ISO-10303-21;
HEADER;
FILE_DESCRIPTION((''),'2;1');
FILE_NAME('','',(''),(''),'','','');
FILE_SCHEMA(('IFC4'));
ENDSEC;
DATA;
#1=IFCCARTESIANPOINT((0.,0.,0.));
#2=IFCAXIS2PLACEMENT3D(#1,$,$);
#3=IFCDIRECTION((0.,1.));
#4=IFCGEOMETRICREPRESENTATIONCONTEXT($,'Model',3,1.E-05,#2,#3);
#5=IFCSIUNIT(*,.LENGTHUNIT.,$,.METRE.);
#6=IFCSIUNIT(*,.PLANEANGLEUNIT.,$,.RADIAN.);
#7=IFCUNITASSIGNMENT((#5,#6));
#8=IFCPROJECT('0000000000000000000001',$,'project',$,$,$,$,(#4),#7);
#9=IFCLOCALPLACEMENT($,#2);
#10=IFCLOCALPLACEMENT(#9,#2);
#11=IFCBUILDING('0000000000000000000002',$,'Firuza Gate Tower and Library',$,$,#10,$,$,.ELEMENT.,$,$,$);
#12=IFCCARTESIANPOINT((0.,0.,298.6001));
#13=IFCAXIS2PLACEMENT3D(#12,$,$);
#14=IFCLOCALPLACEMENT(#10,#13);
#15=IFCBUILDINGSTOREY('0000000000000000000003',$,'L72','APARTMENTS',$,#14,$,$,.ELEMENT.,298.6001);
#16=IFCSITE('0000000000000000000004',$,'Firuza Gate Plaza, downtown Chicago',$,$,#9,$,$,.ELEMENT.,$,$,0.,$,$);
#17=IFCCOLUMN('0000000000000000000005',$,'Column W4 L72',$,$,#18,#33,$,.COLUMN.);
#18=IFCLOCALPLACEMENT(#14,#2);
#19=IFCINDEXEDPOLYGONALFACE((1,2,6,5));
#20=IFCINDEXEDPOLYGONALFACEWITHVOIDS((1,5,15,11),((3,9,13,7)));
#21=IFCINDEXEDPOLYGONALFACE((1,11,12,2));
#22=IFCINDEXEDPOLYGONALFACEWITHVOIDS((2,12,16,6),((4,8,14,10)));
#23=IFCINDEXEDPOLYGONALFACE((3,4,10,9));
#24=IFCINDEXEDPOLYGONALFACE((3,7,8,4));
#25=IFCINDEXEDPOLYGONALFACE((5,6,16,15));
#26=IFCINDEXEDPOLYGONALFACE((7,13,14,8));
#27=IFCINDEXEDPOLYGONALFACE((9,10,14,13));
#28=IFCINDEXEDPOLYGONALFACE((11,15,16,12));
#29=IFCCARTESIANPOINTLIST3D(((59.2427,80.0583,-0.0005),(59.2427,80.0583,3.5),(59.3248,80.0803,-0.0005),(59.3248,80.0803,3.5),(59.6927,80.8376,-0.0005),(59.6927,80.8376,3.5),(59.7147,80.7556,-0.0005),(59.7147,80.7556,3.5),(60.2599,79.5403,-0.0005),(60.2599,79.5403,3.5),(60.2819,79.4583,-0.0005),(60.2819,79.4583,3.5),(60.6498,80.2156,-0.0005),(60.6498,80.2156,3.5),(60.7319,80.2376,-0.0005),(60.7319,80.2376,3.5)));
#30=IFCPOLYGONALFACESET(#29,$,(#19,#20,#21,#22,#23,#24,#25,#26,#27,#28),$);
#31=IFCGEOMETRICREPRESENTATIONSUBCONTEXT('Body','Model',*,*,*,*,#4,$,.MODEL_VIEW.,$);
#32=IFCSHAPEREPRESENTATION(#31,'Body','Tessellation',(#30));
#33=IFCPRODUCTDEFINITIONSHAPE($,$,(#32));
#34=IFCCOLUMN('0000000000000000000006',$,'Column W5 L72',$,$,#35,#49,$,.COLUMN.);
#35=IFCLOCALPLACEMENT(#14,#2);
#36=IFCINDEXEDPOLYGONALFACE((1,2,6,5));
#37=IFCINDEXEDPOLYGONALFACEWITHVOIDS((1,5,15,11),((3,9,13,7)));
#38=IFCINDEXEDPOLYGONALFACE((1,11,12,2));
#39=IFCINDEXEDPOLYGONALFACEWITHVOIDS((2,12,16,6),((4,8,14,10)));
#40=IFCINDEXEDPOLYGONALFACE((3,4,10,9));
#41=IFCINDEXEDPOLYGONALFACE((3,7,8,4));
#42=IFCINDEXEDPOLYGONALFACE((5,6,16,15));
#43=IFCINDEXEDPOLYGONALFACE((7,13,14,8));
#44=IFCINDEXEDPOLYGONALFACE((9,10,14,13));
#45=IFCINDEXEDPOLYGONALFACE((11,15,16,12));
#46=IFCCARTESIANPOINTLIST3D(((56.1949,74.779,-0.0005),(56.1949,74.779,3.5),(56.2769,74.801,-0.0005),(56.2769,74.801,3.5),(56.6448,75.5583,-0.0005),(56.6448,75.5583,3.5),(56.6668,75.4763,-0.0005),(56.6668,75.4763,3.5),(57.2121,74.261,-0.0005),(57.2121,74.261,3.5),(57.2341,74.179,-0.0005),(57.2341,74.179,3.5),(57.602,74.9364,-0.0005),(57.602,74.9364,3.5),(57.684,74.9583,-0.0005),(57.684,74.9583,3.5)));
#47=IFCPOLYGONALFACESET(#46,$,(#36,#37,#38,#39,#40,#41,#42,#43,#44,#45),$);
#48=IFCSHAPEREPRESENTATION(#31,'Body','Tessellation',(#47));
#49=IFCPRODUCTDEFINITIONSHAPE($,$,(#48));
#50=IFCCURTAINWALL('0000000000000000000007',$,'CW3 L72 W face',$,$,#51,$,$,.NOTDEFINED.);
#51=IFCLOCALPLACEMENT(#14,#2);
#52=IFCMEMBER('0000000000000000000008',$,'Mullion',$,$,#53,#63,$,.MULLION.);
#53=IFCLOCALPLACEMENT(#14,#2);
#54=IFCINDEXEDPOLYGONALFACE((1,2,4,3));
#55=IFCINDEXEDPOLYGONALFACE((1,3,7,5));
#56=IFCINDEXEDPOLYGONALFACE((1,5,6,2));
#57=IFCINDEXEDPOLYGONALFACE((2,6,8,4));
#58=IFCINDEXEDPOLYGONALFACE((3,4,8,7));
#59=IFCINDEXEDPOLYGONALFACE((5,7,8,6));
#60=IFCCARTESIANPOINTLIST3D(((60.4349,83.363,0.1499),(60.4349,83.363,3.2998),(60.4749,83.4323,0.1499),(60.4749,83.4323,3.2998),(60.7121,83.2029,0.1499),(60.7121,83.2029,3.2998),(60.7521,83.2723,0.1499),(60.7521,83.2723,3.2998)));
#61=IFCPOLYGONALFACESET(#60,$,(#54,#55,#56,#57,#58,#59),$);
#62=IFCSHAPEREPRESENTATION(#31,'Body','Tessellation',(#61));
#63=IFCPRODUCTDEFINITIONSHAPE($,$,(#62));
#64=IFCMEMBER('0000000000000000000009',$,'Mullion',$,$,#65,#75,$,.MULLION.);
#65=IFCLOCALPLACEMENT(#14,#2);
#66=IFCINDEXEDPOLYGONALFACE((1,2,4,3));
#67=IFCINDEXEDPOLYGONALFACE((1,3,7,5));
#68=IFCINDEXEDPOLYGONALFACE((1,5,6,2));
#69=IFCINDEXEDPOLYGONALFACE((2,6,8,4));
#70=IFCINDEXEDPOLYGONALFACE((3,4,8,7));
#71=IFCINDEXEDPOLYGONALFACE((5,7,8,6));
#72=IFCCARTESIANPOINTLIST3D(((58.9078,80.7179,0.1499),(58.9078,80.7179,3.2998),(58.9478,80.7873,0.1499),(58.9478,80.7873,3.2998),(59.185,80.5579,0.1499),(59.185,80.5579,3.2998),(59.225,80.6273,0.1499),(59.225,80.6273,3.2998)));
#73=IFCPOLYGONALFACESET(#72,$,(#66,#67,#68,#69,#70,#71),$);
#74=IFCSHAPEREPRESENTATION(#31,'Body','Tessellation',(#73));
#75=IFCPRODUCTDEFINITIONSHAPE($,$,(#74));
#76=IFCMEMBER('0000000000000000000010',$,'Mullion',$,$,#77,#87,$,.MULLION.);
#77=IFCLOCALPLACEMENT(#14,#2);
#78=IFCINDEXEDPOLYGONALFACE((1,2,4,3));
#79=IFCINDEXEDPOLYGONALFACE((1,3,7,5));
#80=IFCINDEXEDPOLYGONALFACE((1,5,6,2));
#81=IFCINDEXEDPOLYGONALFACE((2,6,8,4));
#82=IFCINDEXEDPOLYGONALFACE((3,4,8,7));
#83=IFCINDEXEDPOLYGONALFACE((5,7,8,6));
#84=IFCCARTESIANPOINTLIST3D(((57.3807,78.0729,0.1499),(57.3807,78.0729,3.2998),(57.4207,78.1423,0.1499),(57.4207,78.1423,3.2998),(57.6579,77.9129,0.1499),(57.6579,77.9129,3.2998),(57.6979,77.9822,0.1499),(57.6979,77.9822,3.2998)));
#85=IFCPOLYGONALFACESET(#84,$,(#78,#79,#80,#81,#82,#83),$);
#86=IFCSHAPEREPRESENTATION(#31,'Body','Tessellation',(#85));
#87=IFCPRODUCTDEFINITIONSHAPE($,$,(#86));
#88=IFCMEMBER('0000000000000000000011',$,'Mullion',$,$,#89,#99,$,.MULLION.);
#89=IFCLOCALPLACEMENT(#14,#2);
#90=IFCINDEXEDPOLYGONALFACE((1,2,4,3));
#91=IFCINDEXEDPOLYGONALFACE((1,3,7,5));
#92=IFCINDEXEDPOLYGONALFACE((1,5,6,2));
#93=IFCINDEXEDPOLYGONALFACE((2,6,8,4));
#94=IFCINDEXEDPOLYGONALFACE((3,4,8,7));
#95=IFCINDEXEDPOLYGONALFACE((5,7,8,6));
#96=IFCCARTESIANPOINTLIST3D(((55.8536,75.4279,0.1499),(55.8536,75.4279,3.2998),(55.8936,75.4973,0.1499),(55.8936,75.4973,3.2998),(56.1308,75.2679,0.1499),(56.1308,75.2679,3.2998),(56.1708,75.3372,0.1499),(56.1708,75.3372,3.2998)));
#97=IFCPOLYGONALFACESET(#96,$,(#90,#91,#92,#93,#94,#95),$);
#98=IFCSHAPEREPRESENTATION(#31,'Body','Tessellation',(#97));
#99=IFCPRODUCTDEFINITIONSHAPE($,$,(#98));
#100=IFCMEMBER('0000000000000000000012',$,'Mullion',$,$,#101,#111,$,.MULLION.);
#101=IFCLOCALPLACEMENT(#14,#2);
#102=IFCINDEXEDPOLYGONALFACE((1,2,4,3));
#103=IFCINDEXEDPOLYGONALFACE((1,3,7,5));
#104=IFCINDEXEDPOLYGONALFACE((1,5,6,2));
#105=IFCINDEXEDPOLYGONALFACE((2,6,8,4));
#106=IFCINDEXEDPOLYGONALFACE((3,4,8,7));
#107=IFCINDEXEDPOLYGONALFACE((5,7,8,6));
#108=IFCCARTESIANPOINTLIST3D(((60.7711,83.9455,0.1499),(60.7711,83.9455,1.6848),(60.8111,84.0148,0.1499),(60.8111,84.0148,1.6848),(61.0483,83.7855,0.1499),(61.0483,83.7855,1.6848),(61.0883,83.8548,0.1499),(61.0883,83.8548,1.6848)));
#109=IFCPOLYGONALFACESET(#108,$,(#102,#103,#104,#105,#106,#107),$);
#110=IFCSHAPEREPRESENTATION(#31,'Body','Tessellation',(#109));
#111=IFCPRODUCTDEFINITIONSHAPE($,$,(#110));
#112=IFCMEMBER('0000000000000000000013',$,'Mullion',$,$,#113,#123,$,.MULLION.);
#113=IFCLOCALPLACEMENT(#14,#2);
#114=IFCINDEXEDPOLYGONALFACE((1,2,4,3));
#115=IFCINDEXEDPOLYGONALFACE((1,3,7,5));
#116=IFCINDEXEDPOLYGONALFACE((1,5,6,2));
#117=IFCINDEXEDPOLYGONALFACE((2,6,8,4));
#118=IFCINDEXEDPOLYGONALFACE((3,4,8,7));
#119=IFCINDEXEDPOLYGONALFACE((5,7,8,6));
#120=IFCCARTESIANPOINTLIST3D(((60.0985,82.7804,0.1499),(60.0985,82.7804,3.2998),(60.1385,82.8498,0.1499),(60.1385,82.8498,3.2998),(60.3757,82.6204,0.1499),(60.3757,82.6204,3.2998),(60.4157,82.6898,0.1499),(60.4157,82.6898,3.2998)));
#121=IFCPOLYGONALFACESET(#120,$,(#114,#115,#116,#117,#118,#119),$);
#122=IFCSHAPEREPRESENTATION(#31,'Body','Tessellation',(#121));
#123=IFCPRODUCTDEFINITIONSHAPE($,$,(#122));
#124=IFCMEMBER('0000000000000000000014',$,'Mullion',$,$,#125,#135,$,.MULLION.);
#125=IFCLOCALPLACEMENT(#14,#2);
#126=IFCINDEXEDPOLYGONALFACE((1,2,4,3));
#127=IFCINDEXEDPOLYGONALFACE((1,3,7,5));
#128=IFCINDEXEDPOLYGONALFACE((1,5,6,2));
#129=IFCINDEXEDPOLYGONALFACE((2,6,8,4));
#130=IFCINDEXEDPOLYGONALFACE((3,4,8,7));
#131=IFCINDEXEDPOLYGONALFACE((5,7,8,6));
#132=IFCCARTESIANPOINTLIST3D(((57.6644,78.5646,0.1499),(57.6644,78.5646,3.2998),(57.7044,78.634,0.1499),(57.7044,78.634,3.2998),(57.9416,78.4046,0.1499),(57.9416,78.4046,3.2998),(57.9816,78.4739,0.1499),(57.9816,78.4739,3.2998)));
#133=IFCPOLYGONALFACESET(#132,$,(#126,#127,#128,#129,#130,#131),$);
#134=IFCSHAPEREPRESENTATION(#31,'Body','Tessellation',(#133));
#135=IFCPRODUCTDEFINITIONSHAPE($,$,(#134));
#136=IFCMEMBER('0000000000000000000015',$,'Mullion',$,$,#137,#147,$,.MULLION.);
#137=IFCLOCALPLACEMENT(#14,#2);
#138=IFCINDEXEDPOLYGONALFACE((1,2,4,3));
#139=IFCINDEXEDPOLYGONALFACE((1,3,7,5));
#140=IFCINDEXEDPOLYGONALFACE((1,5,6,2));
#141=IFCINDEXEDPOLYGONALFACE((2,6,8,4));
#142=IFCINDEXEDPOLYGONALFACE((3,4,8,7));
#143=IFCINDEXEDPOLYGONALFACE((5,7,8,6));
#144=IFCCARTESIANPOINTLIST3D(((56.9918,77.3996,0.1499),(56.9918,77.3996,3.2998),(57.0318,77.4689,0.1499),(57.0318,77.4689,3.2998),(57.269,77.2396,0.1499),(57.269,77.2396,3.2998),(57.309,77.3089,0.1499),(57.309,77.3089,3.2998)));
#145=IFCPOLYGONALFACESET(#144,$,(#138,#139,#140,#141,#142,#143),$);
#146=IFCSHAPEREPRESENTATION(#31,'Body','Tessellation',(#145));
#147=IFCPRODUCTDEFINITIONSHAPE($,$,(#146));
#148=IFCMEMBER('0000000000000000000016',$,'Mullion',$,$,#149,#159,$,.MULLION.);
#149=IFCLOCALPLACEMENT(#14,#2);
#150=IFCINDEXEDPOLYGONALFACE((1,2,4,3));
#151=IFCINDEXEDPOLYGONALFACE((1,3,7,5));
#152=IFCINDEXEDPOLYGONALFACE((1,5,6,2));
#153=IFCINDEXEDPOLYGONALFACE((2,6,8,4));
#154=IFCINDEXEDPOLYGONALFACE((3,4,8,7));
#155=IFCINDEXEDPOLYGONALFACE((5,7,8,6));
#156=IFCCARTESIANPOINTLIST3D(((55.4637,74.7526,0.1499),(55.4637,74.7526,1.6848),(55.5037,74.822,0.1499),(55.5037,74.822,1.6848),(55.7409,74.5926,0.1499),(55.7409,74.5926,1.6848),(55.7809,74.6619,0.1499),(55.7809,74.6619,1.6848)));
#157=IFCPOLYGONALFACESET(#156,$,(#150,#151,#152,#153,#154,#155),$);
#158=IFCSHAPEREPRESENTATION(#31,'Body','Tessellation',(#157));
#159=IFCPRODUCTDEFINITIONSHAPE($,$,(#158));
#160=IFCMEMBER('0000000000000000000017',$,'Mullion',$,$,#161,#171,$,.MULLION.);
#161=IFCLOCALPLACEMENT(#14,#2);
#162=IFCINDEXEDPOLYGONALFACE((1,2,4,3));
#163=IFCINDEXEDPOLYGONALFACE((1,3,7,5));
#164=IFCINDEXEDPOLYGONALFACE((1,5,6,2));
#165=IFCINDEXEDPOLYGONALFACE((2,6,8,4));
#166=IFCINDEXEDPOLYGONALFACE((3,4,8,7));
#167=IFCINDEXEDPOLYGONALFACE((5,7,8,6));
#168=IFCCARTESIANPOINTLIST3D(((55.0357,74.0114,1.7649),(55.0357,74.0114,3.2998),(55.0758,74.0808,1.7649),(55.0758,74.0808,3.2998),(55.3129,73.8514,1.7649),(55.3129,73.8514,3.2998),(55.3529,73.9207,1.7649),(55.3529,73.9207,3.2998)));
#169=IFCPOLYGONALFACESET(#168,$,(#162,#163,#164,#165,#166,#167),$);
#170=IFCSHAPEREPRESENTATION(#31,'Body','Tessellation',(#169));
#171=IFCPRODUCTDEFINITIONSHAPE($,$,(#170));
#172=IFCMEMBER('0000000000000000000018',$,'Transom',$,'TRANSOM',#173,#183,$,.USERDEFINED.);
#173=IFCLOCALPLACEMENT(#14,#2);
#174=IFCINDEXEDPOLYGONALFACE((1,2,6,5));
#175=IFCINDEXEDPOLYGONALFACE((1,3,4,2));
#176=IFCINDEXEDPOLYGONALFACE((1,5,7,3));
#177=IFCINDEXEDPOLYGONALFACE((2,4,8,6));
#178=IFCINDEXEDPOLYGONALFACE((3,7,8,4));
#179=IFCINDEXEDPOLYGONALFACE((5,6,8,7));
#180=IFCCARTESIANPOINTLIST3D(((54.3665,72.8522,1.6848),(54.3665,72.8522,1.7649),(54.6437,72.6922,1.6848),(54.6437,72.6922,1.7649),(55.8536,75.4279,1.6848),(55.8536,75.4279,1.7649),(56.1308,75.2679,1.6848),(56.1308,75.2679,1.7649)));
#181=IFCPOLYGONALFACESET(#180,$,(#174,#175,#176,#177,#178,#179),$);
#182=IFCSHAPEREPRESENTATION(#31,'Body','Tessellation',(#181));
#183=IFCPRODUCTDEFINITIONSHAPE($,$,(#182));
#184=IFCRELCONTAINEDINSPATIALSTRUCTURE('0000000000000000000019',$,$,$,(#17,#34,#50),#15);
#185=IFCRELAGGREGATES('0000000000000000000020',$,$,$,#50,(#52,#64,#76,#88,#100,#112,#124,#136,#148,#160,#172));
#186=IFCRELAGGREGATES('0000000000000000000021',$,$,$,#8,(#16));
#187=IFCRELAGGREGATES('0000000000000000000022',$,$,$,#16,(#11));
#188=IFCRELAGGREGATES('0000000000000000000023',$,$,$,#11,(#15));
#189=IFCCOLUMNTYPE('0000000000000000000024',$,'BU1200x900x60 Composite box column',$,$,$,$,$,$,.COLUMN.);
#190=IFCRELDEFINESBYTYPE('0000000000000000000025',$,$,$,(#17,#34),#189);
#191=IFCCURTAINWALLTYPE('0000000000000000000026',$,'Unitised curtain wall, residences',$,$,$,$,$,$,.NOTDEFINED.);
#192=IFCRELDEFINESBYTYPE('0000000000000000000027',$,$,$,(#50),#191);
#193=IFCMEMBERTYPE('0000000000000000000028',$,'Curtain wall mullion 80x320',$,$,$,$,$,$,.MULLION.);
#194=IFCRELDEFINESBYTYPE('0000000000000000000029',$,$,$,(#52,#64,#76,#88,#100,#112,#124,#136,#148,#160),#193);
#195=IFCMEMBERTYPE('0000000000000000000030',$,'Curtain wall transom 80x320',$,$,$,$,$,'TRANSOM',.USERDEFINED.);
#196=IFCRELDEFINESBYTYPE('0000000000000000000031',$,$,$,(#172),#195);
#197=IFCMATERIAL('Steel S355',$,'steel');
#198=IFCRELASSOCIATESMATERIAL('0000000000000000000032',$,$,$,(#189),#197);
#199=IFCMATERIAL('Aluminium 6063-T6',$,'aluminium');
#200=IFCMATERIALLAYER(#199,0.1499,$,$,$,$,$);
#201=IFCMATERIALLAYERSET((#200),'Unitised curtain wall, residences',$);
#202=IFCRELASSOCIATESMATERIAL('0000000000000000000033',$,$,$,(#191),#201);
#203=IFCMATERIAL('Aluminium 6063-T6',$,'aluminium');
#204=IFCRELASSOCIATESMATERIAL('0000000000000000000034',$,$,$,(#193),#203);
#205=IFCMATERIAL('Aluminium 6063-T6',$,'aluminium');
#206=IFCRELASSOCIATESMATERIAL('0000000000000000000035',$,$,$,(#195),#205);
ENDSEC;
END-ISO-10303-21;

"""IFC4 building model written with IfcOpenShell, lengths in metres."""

from ifc_helpers import new_model, si_unit, direction, frame, origin, origin_2d, place, context, subcontext, project, spatial, rectangle, hollow_rectangle, extrude, material, layer, layer_set, material_profile, profile_set, type_object, element, aggregate, save


model = new_model("IFC4")

# Units and contexts
model_context = context("Model", 3, precision=1e-05, world=origin(), true_north=direction((0.0, 1.0)))
body_context = subcontext(model_context, "Body", "Model", "MODEL_VIEW")
ifc_project = project(units=[si_unit("LENGTHUNIT", "METRE"), si_unit("PLANEANGLEUNIT", "RADIAN")], contexts=[model_context])

# Site, building, storey
site_placement = place(None, origin())
site = spatial("IfcSite", under=ifc_project, at=site_placement, Name="Firuza Gate Plaza, downtown Chicago", CompositionType="ELEMENT", RefElevation=0.0)
building_placement = place(site_placement, origin())
building = spatial("IfcBuilding", under=site, at=building_placement, Name="Firuza Gate Tower and Library", CompositionType="ELEMENT")
storey_placement = place(building_placement, frame((0.0, 0.0, 298.6001)))
storey = spatial("IfcBuildingStorey", under=building, at=storey_placement, Name="L72", Description="APARTMENTS", CompositionType="ELEMENT", Elevation=298.6001)

# Columns
ifc_material_1 = material(Name="Steel S355", Category="steel")
ifc_material_profile_1 = material_profile(ifc_material_1, hollow_rectangle(XDim=0.8999, YDim=1.2, WallThickness=0.0601, at=origin_2d()))
ifc_profile_set_1 = profile_set([ifc_material_profile_1], Name="Steel S355")
column_type = type_object("IfcColumnType", Name="BU1200x900x60 Composite box column", PredefinedType="COLUMN", material=ifc_profile_set_1)
for number, where, z_axis, x_axis, name in (
    (1, (59.9873, 80.1479, -0.0005), (0.0, 0.0, 1.0), (-0.5, -0.866025, 0.0), "Column W4 L72"),
    (2, (56.9395, 74.8687, -0.0005), (0.0, 0.0, 1.0), (-0.5, -0.866025, 0.0), "Column W5 L72"),
):
    element("IfcColumn", number, at=place(storey_placement, frame(where, z_axis=z_axis, x_axis=x_axis)), inside=storey, type_object=column_type, Name=name, PredefinedType="COLUMN", context=body_context, shape_type="SweptSolid", body=[
        extrude(hollow_rectangle(XDim=0.8999, YDim=1.2, WallThickness=0.0601, at=origin_2d()), origin(), (0.0, 0.0, 1.0), 3.5005),
    ])

# Curtain wall, members
ifc_material_2 = material(Name="Aluminium 6063-T6", Category="aluminium")
ifc_layer_1 = layer(ifc_material_2, 0.1499)
ifc_layer_set_1 = layer_set([ifc_layer_1], Name="Unitised curtain wall, residences")
curtain_wall_type = type_object("IfcCurtainWallType", Name="Unitised curtain wall, residences", PredefinedType="NOTDEFINED", material=ifc_layer_set_1)
curtain_wall_placement = place(storey_placement, origin())
curtain_wall = element("IfcCurtainWall", 3, at=curtain_wall_placement, inside=storey, type_object=curtain_wall_type, Name="CW3 L72 W face", PredefinedType="NOTDEFINED")
ifc_material_3 = material(Name="Aluminium 6063-T6", Category="aluminium")
ifc_material_profile_2 = material_profile(ifc_material_3, rectangle(XDim=0.3201, YDim=0.0801, at=origin_2d()))
ifc_profile_set_2 = profile_set([ifc_material_profile_2], Name="Aluminium 6063-T6")
member_type_1 = type_object("IfcMemberType", Name="Curtain wall mullion 80x320", PredefinedType="MULLION", material=ifc_profile_set_2)
member_1_placement = place(storey_placement, frame((60.5935, 83.3176, 0.1499), z_axis=(0.0, 0.0, 1.0), x_axis=(0.866025, -0.5, 0.0)))
member_1 = element("IfcMember", 4, at=member_1_placement, type_object=member_type_1, Name="Mullion", PredefinedType="MULLION", context=body_context, shape_type="SweptSolid", body=[
    extrude(rectangle(XDim=0.3201, YDim=0.0801, at=origin_2d()), origin(), (0.0, 0.0, 1.0), 3.1499),
])
member_2_placement = place(storey_placement, frame((59.0664, 80.6726, 0.1499), z_axis=(0.0, 0.0, 1.0), x_axis=(0.866025, -0.5, 0.0)))
member_2 = element("IfcMember", 5, at=member_2_placement, type_object=member_type_1, Name="Mullion", PredefinedType="MULLION", context=body_context, shape_type="SweptSolid", body=[
    extrude(rectangle(XDim=0.3201, YDim=0.0801, at=origin_2d()), origin(), (0.0, 0.0, 1.0), 3.1499),
])
member_3_placement = place(storey_placement, frame((57.5393, 78.0276, 0.1499), z_axis=(0.0, 0.0, 1.0), x_axis=(0.866025, -0.5, 0.0)))
member_3 = element("IfcMember", 6, at=member_3_placement, type_object=member_type_1, Name="Mullion", PredefinedType="MULLION", context=body_context, shape_type="SweptSolid", body=[
    extrude(rectangle(XDim=0.3201, YDim=0.0801, at=origin_2d()), origin(), (0.0, 0.0, 1.0), 3.1499),
])
member_4_placement = place(storey_placement, frame((56.0122, 75.3826, 0.1499), z_axis=(0.0, 0.0, 1.0), x_axis=(0.866025, -0.5, 0.0)))
member_4 = element("IfcMember", 7, at=member_4_placement, type_object=member_type_1, Name="Mullion", PredefinedType="MULLION", context=body_context, shape_type="SweptSolid", body=[
    extrude(rectangle(XDim=0.3201, YDim=0.0801, at=origin_2d()), origin(), (0.0, 0.0, 1.0), 3.1499),
])
member_5_placement = place(storey_placement, frame((60.9297, 83.9001, 0.1499), z_axis=(0.0, 0.0, 1.0), x_axis=(0.866025, -0.5, 0.0)))
member_5 = element("IfcMember", 8, at=member_5_placement, type_object=member_type_1, Name="Mullion", PredefinedType="MULLION", context=body_context, shape_type="SweptSolid", body=[
    extrude(rectangle(XDim=0.3201, YDim=0.0801, at=origin_2d()), origin(), (0.0, 0.0, 1.0), 1.5349),
])
member_6_placement = place(storey_placement, frame((60.2571, 82.7351, 0.1499), z_axis=(0.0, 0.0, 1.0), x_axis=(0.866025, -0.5, 0.0)))
member_6 = element("IfcMember", 9, at=member_6_placement, type_object=member_type_1, Name="Mullion", PredefinedType="MULLION", context=body_context, shape_type="SweptSolid", body=[
    extrude(rectangle(XDim=0.3201, YDim=0.0801, at=origin_2d()), origin(), (0.0, 0.0, 1.0), 3.1499),
])
member_7_placement = place(storey_placement, frame((57.823, 78.5193, 0.1499), z_axis=(0.0, 0.0, 1.0), x_axis=(0.866025, -0.5, 0.0)))
member_7 = element("IfcMember", 10, at=member_7_placement, type_object=member_type_1, Name="Mullion", PredefinedType="MULLION", context=body_context, shape_type="SweptSolid", body=[
    extrude(rectangle(XDim=0.3201, YDim=0.0801, at=origin_2d()), origin(), (0.0, 0.0, 1.0), 3.1499),
])
member_8_placement = place(storey_placement, frame((57.1504, 77.3542, 0.1499), z_axis=(0.0, 0.0, 1.0), x_axis=(0.866025, -0.5, 0.0)))
member_8 = element("IfcMember", 11, at=member_8_placement, type_object=member_type_1, Name="Mullion", PredefinedType="MULLION", context=body_context, shape_type="SweptSolid", body=[
    extrude(rectangle(XDim=0.3201, YDim=0.0801, at=origin_2d()), origin(), (0.0, 0.0, 1.0), 3.1499),
])
member_9_placement = place(storey_placement, frame((55.6223, 74.7073, 0.1499), z_axis=(0.0, 0.0, 1.0), x_axis=(0.866025, -0.5, 0.0)))
member_9 = element("IfcMember", 12, at=member_9_placement, type_object=member_type_1, Name="Mullion", PredefinedType="MULLION", context=body_context, shape_type="SweptSolid", body=[
    extrude(rectangle(XDim=0.3201, YDim=0.0801, at=origin_2d()), origin(), (0.0, 0.0, 1.0), 1.5349),
])
member_10_placement = place(storey_placement, frame((55.1943, 73.9661, 1.7649), z_axis=(0.0, 0.0, 1.0), x_axis=(0.866025, -0.5, 0.0)))
member_10 = element("IfcMember", 13, at=member_10_placement, type_object=member_type_1, Name="Mullion", PredefinedType="MULLION", context=body_context, shape_type="SweptSolid", body=[
    extrude(rectangle(XDim=0.3201, YDim=0.0801, at=origin_2d()), origin(), (0.0, 0.0, 1.0), 1.5349),
])
ifc_material_4 = material(Name="Aluminium 6063-T6", Category="aluminium")
ifc_material_profile_3 = material_profile(ifc_material_4, rectangle(XDim=0.3201, YDim=0.0801, at=origin_2d()))
ifc_profile_set_3 = profile_set([ifc_material_profile_3], Name="Aluminium 6063-T6")
member_type_2 = type_object("IfcMemberType", Name="Curtain wall transom 80x320", ElementType="TRANSOM", PredefinedType="USERDEFINED", material=ifc_profile_set_3)
member_11_placement = place(storey_placement, frame((55.9922, 75.3479, 1.7249), z_axis=(-0.499997, -0.866027, 0.0), x_axis=(0.866027, -0.499997, 0.0)))
member_11 = element("IfcMember", 14, at=member_11_placement, type_object=member_type_2, Name="Transom", ObjectType="TRANSOM", PredefinedType="USERDEFINED", context=body_context, shape_type="SweptSolid", body=[
    extrude(rectangle(XDim=0.3201, YDim=0.0801, at=origin_2d()), origin(), (0.0, 0.0, 1.0), 2.9741),
])

aggregate(curtain_wall, [member_1, member_2, member_3, member_4, member_5, member_6, member_7, member_8, member_9, member_10, member_11])

save(model, "model.ifc")
